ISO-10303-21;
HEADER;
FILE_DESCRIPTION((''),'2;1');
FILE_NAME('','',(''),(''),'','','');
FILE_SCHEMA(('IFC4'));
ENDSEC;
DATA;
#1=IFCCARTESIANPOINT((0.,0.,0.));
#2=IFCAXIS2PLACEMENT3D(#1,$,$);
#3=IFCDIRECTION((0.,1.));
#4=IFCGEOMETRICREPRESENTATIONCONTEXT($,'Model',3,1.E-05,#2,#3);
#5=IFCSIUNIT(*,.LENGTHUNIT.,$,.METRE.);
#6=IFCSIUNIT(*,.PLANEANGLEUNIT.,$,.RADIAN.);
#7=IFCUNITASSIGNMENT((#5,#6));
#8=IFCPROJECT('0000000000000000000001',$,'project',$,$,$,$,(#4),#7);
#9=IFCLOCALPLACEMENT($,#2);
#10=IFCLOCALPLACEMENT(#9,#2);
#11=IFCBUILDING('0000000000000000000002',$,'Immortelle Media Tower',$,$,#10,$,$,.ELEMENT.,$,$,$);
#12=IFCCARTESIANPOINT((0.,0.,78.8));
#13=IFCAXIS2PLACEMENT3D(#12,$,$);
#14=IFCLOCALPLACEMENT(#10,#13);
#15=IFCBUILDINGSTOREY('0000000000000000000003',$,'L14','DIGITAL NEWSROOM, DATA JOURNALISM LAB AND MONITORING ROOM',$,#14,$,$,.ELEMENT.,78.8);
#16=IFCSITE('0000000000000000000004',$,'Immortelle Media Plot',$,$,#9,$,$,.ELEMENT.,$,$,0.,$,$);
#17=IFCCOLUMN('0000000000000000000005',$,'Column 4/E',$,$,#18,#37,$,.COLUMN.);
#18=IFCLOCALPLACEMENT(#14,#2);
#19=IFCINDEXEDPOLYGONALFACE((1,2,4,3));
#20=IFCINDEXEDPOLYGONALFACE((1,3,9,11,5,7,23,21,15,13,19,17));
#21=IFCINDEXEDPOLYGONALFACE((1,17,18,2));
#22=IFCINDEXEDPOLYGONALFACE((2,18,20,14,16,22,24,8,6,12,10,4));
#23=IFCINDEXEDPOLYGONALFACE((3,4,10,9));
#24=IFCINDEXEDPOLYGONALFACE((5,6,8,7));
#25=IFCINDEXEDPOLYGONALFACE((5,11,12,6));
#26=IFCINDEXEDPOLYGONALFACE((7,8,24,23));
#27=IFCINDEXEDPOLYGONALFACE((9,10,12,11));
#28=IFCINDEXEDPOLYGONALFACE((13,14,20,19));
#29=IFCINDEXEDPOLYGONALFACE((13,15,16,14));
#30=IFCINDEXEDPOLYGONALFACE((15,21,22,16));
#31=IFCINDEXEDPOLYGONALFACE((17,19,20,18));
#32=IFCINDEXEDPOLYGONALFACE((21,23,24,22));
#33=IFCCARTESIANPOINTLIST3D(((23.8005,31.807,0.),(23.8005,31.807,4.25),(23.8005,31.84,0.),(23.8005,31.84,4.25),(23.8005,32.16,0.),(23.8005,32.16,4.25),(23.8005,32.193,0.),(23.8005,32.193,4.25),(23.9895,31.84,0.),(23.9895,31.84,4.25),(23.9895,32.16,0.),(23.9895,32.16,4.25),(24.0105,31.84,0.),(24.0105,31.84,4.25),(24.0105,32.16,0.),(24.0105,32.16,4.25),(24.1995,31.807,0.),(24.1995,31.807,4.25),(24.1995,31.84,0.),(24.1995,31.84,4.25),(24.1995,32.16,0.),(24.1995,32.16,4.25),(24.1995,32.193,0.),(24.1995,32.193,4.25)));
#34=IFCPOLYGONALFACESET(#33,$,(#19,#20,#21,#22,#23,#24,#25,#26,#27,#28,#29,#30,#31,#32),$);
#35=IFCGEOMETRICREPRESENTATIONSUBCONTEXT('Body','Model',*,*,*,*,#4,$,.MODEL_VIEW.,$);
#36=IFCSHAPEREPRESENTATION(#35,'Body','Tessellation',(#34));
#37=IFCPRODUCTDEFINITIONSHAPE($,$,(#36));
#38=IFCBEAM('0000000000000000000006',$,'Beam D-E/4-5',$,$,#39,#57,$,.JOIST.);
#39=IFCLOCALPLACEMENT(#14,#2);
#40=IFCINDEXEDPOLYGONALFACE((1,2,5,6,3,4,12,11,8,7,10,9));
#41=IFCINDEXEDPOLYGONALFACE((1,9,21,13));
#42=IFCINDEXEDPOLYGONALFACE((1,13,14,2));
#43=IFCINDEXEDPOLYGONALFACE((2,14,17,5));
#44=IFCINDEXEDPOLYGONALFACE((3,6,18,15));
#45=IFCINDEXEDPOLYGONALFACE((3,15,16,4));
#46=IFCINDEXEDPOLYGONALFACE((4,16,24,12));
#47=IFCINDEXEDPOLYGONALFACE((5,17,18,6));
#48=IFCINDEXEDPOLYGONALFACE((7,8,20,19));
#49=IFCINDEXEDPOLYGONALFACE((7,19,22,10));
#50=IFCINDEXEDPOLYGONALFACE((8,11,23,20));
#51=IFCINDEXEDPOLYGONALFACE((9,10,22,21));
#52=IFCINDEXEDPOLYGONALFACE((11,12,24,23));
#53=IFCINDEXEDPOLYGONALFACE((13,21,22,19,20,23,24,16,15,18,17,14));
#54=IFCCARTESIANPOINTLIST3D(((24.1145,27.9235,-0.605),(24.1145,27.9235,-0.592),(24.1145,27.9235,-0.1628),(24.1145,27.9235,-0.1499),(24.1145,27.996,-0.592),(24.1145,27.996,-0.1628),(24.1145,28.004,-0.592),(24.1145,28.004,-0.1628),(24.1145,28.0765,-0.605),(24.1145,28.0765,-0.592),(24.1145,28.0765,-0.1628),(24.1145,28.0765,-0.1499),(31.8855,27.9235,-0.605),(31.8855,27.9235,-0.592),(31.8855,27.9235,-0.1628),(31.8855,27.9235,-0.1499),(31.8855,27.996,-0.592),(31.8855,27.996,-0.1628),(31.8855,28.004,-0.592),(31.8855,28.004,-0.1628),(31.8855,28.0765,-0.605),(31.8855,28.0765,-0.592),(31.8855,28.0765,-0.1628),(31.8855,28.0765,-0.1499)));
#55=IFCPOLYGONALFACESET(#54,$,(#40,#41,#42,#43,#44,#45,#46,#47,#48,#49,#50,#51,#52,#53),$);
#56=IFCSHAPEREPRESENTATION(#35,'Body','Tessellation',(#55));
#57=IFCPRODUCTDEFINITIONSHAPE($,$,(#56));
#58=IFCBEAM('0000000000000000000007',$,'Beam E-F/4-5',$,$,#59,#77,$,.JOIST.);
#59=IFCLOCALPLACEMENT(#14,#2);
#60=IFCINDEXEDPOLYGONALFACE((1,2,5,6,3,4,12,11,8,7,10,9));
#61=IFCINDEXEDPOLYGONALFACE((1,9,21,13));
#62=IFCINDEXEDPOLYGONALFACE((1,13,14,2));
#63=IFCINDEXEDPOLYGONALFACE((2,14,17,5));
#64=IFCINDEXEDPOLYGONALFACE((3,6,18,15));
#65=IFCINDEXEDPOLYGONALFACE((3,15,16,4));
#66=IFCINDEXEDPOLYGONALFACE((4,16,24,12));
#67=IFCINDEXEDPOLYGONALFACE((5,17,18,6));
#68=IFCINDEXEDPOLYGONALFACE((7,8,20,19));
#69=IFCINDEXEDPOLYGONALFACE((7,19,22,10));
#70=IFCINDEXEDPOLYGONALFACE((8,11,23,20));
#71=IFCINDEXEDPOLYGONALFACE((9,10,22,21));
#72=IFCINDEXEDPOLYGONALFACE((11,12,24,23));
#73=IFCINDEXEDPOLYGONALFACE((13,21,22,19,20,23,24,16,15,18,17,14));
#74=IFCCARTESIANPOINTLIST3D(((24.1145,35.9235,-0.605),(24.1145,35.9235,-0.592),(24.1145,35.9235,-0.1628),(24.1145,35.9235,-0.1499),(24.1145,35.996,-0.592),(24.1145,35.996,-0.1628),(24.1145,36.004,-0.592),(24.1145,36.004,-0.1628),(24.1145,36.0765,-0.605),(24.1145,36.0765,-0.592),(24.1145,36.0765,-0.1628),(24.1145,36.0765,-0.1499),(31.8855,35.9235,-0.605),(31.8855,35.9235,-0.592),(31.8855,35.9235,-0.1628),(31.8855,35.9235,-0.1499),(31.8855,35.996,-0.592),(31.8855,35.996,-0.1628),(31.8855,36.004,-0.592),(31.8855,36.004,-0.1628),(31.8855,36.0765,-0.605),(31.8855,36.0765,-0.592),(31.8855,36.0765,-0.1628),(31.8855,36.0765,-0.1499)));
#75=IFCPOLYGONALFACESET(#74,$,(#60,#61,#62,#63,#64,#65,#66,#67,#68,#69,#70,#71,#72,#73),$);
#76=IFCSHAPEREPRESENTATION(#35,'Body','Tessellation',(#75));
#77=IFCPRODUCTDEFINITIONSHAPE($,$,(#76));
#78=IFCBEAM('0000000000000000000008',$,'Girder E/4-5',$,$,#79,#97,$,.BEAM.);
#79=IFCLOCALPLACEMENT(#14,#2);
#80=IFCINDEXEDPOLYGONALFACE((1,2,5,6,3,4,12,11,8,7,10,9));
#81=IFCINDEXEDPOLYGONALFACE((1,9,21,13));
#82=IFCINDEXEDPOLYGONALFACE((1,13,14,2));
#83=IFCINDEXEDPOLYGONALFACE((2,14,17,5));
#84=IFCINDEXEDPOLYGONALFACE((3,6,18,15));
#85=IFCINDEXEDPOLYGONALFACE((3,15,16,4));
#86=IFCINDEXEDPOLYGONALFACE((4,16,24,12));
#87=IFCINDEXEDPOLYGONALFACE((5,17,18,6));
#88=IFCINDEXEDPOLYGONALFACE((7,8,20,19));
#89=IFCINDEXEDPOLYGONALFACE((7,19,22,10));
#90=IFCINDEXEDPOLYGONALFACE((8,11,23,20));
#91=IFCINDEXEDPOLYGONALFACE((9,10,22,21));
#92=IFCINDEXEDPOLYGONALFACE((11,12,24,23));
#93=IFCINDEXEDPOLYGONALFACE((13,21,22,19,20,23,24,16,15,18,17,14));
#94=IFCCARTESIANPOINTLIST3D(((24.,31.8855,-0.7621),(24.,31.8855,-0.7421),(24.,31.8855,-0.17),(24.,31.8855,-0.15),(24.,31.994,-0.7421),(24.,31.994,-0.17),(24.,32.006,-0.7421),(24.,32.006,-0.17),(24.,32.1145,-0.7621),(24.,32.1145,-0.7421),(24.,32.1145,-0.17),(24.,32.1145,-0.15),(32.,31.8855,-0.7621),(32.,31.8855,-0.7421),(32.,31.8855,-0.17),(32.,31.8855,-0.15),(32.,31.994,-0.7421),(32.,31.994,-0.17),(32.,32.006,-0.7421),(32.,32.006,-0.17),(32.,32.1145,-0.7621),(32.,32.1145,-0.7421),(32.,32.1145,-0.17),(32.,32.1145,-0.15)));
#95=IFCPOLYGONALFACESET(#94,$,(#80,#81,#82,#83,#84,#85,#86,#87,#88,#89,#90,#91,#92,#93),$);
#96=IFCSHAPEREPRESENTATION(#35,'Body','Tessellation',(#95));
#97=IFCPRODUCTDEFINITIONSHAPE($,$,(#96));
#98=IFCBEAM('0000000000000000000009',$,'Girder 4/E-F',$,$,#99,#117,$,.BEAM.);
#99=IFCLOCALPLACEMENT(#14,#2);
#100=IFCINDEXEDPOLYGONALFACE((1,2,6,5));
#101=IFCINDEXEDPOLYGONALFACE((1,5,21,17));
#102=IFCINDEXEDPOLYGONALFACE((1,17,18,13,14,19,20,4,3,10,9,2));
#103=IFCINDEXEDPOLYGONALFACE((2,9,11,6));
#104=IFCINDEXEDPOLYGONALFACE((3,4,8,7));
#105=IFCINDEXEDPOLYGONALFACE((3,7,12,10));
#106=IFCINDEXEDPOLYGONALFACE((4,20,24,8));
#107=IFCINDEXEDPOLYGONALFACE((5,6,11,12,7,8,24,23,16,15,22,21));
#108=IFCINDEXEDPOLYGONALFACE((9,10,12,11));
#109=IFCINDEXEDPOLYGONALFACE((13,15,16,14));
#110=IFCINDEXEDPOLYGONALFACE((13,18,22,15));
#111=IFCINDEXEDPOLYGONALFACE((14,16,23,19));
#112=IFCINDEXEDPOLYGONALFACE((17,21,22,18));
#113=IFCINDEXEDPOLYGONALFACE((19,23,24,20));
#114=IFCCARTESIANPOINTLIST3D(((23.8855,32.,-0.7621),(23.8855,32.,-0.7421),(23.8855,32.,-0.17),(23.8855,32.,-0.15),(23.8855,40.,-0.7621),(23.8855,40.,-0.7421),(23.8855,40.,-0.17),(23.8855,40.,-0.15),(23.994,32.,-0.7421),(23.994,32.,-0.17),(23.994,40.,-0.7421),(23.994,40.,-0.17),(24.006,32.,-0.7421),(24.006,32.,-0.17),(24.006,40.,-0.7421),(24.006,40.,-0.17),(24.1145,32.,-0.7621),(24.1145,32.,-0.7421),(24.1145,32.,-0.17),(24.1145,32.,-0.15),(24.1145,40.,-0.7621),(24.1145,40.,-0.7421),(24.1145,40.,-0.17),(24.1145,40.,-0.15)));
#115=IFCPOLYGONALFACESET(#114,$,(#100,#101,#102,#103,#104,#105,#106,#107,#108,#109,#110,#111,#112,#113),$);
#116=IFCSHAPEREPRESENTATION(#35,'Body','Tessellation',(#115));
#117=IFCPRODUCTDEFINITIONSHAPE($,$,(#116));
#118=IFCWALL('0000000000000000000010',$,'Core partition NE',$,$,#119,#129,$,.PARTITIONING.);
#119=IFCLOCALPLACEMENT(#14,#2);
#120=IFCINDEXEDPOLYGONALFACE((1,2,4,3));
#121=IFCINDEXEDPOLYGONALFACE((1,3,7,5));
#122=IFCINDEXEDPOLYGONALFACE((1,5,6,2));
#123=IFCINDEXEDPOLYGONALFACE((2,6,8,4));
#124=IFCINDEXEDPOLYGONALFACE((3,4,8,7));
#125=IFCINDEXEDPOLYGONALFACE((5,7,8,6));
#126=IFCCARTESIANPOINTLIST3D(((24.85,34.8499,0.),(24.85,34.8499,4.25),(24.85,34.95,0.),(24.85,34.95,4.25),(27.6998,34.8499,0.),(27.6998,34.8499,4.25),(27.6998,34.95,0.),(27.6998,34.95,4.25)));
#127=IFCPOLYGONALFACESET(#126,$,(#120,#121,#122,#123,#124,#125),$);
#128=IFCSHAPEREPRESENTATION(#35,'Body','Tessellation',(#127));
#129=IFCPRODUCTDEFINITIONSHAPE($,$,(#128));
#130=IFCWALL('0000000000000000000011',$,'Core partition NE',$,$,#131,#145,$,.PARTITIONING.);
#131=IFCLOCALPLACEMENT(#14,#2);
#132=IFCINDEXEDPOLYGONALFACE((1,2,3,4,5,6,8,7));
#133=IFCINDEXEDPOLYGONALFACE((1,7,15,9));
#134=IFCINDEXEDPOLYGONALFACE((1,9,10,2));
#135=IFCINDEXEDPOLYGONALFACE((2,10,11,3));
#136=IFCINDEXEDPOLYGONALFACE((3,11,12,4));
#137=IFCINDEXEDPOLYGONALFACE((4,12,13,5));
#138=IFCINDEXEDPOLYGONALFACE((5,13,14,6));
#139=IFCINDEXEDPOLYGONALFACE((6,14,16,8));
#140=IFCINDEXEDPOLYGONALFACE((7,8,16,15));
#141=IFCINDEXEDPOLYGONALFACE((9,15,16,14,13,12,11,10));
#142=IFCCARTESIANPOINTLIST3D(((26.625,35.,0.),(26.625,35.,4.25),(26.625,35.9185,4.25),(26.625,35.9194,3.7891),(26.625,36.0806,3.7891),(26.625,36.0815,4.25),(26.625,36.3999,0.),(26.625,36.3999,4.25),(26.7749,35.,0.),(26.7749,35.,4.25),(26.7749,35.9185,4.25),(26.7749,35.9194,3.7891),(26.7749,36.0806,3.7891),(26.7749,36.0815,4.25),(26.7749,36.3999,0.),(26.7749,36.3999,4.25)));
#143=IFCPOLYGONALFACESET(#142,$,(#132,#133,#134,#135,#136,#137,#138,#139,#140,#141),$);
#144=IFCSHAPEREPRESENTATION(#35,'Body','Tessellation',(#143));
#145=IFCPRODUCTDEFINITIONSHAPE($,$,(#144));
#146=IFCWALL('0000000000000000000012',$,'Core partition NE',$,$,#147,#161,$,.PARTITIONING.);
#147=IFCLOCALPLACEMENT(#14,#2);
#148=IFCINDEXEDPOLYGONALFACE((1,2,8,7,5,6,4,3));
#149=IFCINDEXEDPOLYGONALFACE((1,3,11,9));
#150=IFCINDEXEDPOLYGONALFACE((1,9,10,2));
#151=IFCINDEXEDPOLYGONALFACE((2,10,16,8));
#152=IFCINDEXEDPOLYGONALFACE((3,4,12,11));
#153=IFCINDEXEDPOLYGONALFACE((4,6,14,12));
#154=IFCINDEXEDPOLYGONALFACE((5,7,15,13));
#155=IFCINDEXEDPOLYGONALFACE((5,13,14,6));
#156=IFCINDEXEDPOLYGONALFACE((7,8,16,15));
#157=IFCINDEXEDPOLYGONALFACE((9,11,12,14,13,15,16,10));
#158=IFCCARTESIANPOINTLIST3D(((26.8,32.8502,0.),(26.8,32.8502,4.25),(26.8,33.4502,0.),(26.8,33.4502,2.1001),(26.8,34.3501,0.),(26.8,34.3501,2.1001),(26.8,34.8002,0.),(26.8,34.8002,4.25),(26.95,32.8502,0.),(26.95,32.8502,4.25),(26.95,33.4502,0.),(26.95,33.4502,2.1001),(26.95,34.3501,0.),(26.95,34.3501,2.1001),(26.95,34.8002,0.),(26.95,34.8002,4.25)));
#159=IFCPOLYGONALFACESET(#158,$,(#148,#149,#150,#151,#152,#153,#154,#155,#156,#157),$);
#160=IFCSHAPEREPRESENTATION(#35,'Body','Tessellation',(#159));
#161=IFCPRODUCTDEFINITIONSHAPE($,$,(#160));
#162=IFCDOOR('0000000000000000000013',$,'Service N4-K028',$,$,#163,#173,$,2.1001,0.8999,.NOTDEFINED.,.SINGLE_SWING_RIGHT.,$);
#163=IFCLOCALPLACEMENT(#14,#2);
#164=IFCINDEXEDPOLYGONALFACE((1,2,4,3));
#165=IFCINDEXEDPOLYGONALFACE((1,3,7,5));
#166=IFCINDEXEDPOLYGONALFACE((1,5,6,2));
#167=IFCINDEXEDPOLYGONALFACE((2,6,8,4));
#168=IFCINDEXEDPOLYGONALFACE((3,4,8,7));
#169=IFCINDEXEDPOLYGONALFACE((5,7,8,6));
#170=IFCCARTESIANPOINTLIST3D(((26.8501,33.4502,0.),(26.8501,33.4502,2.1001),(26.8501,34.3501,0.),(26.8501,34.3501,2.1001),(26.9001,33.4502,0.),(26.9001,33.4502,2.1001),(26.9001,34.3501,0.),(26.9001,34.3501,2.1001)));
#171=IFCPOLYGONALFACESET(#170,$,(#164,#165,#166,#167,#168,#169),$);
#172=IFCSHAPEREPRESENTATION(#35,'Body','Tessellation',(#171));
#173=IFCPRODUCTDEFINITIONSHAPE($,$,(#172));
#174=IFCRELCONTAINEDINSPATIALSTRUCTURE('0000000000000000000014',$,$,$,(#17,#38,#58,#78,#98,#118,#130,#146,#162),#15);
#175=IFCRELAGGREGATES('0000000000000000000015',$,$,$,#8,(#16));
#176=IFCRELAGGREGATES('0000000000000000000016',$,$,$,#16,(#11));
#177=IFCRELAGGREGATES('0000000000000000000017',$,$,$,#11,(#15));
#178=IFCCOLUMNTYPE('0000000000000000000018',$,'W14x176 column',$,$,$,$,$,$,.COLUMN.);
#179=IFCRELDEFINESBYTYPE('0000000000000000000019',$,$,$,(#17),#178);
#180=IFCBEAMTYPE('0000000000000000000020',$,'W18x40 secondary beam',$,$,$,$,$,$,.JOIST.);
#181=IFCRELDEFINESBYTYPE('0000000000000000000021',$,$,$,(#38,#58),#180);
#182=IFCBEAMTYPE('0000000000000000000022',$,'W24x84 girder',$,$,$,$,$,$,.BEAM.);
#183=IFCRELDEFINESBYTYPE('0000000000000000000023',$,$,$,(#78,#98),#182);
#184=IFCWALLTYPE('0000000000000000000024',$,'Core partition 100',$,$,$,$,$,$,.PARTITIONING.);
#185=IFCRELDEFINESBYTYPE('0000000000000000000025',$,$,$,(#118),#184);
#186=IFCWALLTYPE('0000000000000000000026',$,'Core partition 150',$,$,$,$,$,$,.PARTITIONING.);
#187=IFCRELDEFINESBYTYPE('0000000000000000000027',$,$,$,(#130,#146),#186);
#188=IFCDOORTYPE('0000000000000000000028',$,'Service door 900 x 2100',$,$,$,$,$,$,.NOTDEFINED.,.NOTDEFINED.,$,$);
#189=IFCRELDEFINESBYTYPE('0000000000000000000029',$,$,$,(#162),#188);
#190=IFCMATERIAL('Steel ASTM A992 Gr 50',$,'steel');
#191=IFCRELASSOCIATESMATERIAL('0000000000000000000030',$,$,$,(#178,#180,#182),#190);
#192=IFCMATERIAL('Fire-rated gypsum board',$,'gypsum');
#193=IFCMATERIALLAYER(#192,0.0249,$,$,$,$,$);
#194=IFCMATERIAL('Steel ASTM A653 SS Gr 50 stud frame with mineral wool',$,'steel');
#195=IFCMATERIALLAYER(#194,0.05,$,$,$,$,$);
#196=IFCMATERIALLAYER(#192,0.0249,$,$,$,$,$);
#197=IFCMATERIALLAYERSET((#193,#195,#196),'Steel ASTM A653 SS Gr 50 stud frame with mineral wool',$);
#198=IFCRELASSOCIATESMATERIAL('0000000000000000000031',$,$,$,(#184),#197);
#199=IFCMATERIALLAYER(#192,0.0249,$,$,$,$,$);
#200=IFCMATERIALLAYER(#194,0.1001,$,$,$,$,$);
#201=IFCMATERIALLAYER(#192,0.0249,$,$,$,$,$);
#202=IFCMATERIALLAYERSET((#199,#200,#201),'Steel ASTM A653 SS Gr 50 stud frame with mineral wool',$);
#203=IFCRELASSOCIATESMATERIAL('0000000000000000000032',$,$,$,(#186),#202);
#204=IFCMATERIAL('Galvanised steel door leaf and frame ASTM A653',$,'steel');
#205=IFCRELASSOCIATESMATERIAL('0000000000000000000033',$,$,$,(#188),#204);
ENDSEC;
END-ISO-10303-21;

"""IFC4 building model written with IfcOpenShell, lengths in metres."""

from ifc_helpers import new_model, si_unit, direction, frame, frame_2d, origin, origin_2d, place, context, subcontext, project, spatial, polyline, rectangle, i_section, outline, extrude, material, layer, layer_set, material_profile, profile_set, type_object, element, fill, save


model = new_model("IFC4")

# Units and contexts
model_context = context("Model", 3, precision=1e-05, world=origin(), true_north=direction((0.0, 1.0)))
body_context = subcontext(model_context, "Body", "Model", "MODEL_VIEW")
ifc_project = project(units=[si_unit("LENGTHUNIT", "METRE"), si_unit("PLANEANGLEUNIT", "RADIAN")], contexts=[model_context])

# Site, building, storey
site_placement = place(None, origin())
site = spatial("IfcSite", under=ifc_project, at=site_placement, Name="Immortelle Media Plot", CompositionType="ELEMENT", RefElevation=0.0)
building_placement = place(site_placement, origin())
building = spatial("IfcBuilding", under=site, at=building_placement, Name="Immortelle Media Tower", CompositionType="ELEMENT")
storey_placement = place(building_placement, frame((0.0, 0.0, 78.8)))
storey = spatial("IfcBuildingStorey", under=building, at=storey_placement, Name="L14", Description="DIGITAL NEWSROOM, DATA JOURNALISM LAB AND MONITORING ROOM", CompositionType="ELEMENT", Elevation=78.8)

# Column
ifc_material_1 = material(Name="Steel ASTM A992 Gr 50", Category="steel")
ifc_material_profile_1 = material_profile(ifc_material_1, i_section(OverallWidth=0.3989, OverallDepth=0.386, WebThickness=0.021, FlangeThickness=0.033, at=origin_2d()), Name="W14x176")
ifc_profile_set_1 = profile_set([ifc_material_profile_1], Name="Steel ASTM A992 Gr 50")
column_type = type_object("IfcColumnType", Name="W14x176 column", PredefinedType="COLUMN", material=ifc_profile_set_1)
column_placement = place(storey_placement, frame((24.0, 32.0, 0.0), z_axis=(0.0, 0.0, 1.0), x_axis=(1.0, 0.0, 0.0)))
element("IfcColumn", 1, at=column_placement, inside=storey, type_object=column_type, Name="Column 4/E", PredefinedType="COLUMN", context=body_context, shape_type="SweptSolid", body=[
    extrude(i_section(OverallWidth=0.3989, OverallDepth=0.386, WebThickness=0.021, FlangeThickness=0.033, at=origin_2d()), origin(), (0.0, 0.0, 1.0), 4.25),
])

# Beams
ifc_material_profile_2 = material_profile(ifc_material_1, i_section(OverallWidth=0.1531, OverallDepth=0.4551, WebThickness=0.0081, FlangeThickness=0.0129, at=origin_2d()), Name="W18x40")
ifc_profile_set_2 = profile_set([ifc_material_profile_2], Name="Steel ASTM A992 Gr 50")
beam_type_1 = type_object("IfcBeamType", Name="W18x40 secondary beam", PredefinedType="JOIST", material=ifc_profile_set_2)
for number, where, z_axis, x_axis, name in (
    (2, (24.1145, 28.0, -0.3774), (1.0, 0.0, 0.0), (0.0, 1.0, 0.0), "Beam D-E/4-5"),
    (3, (24.1145, 36.0, -0.3774), (1.0, 0.0, 0.0), (0.0, 1.0, 0.0), "Beam E-F/4-5"),
):
    element("IfcBeam", number, at=place(storey_placement, frame(where, z_axis=z_axis, x_axis=x_axis)), inside=storey, type_object=beam_type_1, Name=name, PredefinedType="JOIST", context=body_context, shape_type="SweptSolid", body=[
        extrude(i_section(OverallWidth=0.1531, OverallDepth=0.4551, WebThickness=0.0081, FlangeThickness=0.0129, at=origin_2d()), origin(), (0.0, 0.0, 1.0), 7.771),
    ])
ifc_material_profile_3 = material_profile(ifc_material_1, i_section(OverallWidth=0.229, OverallDepth=0.6121, WebThickness=0.012, FlangeThickness=0.02, at=origin_2d()), Name="W24x84")
ifc_profile_set_3 = profile_set([ifc_material_profile_3], Name="Steel ASTM A992 Gr 50")
beam_type_2 = type_object("IfcBeamType", Name="W24x84 girder", PredefinedType="BEAM", material=ifc_profile_set_3)
for number, where, z_axis, x_axis, name in (
    (4, (24.0, 32.0, -0.4561), (1.0, 0.0, 0.0), (0.0, 1.0, 0.0), "Girder E/4-5"),
    (5, (24.0, 32.0, -0.4561), (0.0, 1.0, 0.0), (-1.0, 0.0, 0.0), "Girder 4/E-F"),
):
    element("IfcBeam", number, at=place(storey_placement, frame(where, z_axis=z_axis, x_axis=x_axis)), inside=storey, type_object=beam_type_2, Name=name, PredefinedType="BEAM", context=body_context, shape_type="SweptSolid", body=[
        extrude(i_section(OverallWidth=0.229, OverallDepth=0.6121, WebThickness=0.012, FlangeThickness=0.02, at=origin_2d()), origin(), (0.0, 0.0, 1.0), 8.0),
    ])

# Walls
ifc_material_2 = material(Name="Fire-rated gypsum board", Category="gypsum")
ifc_layer_1 = layer(ifc_material_2, 0.0249)
ifc_material_3 = material(Name="Steel ASTM A653 SS Gr 50 stud frame with mineral wool", Category="steel")
ifc_layer_2 = layer(ifc_material_3, 0.05)
ifc_layer_3 = layer(ifc_material_2, 0.0249)
ifc_layer_set_1 = layer_set([ifc_layer_1, ifc_layer_2, ifc_layer_3], Name="Steel ASTM A653 SS Gr 50 stud frame with mineral wool")
wall_type_1 = type_object("IfcWallType", Name="Core partition 100", PredefinedType="PARTITIONING", material=ifc_layer_set_1)
wall_1_placement = place(storey_placement, frame((24.8501, 34.8999, 0.0), z_axis=(0.0, 0.0, 1.0), x_axis=(1.0, 0.0, 0.0)))
element("IfcWall", 6, at=wall_1_placement, inside=storey, type_object=wall_type_1, Name="Core partition NE", PredefinedType="PARTITIONING", context=body_context, shape_type="SweptSolid", body=[
    extrude(rectangle(XDim=2.8499, YDim=0.1001, at=frame_2d((1.4248, 0.0))), origin(), (0.0, 0.0, 1.0), 4.25),
])
ifc_layer_4 = layer(ifc_material_2, 0.0249)
ifc_layer_5 = layer(ifc_material_3, 0.1001)
ifc_layer_6 = layer(ifc_material_2, 0.0249)
ifc_layer_set_2 = layer_set([ifc_layer_4, ifc_layer_5, ifc_layer_6], Name="Steel ASTM A653 SS Gr 50 stud frame with mineral wool")
wall_type_2 = type_object("IfcWallType", Name="Core partition 150", PredefinedType="PARTITIONING", material=ifc_layer_set_2)
wall_2_placement = place(storey_placement, frame((26.7, 35.0, 0.0), z_axis=(0.0, 0.0, 1.0), x_axis=(0.0, 1.0, 0.0)))
element("IfcWall", 7, at=wall_2_placement, inside=storey, type_object=wall_type_2, Name="Core partition NE", PredefinedType="PARTITIONING", context=body_context, shape_type="SweptSolid", body=[
    extrude(outline(polyline([(0.0, 0.0), (1.3999, 0.0), (1.3999, 4.25), (1.0815, 4.25), (1.0806, 3.7891), (0.9194, 3.7891), (0.9185, 4.25), (0.0, 4.25), (0.0, 0.0)])), frame((0.0, 0.075, 0.0), z_axis=(0.0, -1.0, 0.0), x_axis=(1.0, 0.0, 0.0)), (0.0, 0.0, 1.0), 0.1499),
])

# Wall, opening, door
wall_3_placement = place(storey_placement, frame((26.875, 32.8501, 0.0), z_axis=(0.0, 0.0, 1.0), x_axis=(0.0, 1.0, 0.0)))
wall_3 = element("IfcWall", 8, at=wall_3_placement, inside=storey, type_object=wall_type_2, Name="Core partition NE", PredefinedType="PARTITIONING", context=body_context, shape_type="SweptSolid", body=[
    extrude(rectangle(XDim=1.95, YDim=0.1499, at=frame_2d((0.9751, 0.0))), origin(), (0.0, 0.0, 1.0), 4.25),
])
opening_1_placement = place(wall_3_placement, frame((0.6001, 0.0, 0.0)))
opening_1 = element("IfcOpeningElement", 9, at=opening_1_placement, cuts=wall_3, PredefinedType="OPENING", context=body_context, shape_type="SweptSolid", body=[
    extrude(rectangle(XDim=0.8999, YDim=2.1001, at=frame_2d((0.45, 1.05))), frame((0.0, 0.085, 0.0), z_axis=(0.0, -1.0, 0.0), x_axis=(1.0, 0.0, 0.0)), (0.0, 0.0, 1.0), 0.1699),
])
ifc_material_4 = material(Name="Galvanised steel door leaf and frame ASTM A653", Category="steel")
door_type_1 = type_object("IfcDoorType", Name="Service door 900 x 2100", OperationType="NOTDEFINED", PredefinedType="NOTDEFINED", material=ifc_material_4)
door_1_placement = place(opening_1_placement, origin())
door_1 = element("IfcDoor", 10, at=door_1_placement, inside=storey, type_object=door_type_1, Name="Service N4-K028", OperationType="SINGLE_SWING_RIGHT", OverallHeight=2.1001, OverallWidth=0.8999, PredefinedType="NOTDEFINED", context=body_context, shape_type="SweptSolid", body=[
    extrude(rectangle(XDim=0.8999, YDim=2.1001, at=frame_2d((0.45, 1.05))), frame((0.0, 0.0249, 0.0), z_axis=(0.0, -1.0, 0.0), x_axis=(1.0, 0.0, 0.0)), (0.0, 0.0, 1.0), 0.05),
])
fill(opening_1, door_1)

save(model, "model.ifc")
